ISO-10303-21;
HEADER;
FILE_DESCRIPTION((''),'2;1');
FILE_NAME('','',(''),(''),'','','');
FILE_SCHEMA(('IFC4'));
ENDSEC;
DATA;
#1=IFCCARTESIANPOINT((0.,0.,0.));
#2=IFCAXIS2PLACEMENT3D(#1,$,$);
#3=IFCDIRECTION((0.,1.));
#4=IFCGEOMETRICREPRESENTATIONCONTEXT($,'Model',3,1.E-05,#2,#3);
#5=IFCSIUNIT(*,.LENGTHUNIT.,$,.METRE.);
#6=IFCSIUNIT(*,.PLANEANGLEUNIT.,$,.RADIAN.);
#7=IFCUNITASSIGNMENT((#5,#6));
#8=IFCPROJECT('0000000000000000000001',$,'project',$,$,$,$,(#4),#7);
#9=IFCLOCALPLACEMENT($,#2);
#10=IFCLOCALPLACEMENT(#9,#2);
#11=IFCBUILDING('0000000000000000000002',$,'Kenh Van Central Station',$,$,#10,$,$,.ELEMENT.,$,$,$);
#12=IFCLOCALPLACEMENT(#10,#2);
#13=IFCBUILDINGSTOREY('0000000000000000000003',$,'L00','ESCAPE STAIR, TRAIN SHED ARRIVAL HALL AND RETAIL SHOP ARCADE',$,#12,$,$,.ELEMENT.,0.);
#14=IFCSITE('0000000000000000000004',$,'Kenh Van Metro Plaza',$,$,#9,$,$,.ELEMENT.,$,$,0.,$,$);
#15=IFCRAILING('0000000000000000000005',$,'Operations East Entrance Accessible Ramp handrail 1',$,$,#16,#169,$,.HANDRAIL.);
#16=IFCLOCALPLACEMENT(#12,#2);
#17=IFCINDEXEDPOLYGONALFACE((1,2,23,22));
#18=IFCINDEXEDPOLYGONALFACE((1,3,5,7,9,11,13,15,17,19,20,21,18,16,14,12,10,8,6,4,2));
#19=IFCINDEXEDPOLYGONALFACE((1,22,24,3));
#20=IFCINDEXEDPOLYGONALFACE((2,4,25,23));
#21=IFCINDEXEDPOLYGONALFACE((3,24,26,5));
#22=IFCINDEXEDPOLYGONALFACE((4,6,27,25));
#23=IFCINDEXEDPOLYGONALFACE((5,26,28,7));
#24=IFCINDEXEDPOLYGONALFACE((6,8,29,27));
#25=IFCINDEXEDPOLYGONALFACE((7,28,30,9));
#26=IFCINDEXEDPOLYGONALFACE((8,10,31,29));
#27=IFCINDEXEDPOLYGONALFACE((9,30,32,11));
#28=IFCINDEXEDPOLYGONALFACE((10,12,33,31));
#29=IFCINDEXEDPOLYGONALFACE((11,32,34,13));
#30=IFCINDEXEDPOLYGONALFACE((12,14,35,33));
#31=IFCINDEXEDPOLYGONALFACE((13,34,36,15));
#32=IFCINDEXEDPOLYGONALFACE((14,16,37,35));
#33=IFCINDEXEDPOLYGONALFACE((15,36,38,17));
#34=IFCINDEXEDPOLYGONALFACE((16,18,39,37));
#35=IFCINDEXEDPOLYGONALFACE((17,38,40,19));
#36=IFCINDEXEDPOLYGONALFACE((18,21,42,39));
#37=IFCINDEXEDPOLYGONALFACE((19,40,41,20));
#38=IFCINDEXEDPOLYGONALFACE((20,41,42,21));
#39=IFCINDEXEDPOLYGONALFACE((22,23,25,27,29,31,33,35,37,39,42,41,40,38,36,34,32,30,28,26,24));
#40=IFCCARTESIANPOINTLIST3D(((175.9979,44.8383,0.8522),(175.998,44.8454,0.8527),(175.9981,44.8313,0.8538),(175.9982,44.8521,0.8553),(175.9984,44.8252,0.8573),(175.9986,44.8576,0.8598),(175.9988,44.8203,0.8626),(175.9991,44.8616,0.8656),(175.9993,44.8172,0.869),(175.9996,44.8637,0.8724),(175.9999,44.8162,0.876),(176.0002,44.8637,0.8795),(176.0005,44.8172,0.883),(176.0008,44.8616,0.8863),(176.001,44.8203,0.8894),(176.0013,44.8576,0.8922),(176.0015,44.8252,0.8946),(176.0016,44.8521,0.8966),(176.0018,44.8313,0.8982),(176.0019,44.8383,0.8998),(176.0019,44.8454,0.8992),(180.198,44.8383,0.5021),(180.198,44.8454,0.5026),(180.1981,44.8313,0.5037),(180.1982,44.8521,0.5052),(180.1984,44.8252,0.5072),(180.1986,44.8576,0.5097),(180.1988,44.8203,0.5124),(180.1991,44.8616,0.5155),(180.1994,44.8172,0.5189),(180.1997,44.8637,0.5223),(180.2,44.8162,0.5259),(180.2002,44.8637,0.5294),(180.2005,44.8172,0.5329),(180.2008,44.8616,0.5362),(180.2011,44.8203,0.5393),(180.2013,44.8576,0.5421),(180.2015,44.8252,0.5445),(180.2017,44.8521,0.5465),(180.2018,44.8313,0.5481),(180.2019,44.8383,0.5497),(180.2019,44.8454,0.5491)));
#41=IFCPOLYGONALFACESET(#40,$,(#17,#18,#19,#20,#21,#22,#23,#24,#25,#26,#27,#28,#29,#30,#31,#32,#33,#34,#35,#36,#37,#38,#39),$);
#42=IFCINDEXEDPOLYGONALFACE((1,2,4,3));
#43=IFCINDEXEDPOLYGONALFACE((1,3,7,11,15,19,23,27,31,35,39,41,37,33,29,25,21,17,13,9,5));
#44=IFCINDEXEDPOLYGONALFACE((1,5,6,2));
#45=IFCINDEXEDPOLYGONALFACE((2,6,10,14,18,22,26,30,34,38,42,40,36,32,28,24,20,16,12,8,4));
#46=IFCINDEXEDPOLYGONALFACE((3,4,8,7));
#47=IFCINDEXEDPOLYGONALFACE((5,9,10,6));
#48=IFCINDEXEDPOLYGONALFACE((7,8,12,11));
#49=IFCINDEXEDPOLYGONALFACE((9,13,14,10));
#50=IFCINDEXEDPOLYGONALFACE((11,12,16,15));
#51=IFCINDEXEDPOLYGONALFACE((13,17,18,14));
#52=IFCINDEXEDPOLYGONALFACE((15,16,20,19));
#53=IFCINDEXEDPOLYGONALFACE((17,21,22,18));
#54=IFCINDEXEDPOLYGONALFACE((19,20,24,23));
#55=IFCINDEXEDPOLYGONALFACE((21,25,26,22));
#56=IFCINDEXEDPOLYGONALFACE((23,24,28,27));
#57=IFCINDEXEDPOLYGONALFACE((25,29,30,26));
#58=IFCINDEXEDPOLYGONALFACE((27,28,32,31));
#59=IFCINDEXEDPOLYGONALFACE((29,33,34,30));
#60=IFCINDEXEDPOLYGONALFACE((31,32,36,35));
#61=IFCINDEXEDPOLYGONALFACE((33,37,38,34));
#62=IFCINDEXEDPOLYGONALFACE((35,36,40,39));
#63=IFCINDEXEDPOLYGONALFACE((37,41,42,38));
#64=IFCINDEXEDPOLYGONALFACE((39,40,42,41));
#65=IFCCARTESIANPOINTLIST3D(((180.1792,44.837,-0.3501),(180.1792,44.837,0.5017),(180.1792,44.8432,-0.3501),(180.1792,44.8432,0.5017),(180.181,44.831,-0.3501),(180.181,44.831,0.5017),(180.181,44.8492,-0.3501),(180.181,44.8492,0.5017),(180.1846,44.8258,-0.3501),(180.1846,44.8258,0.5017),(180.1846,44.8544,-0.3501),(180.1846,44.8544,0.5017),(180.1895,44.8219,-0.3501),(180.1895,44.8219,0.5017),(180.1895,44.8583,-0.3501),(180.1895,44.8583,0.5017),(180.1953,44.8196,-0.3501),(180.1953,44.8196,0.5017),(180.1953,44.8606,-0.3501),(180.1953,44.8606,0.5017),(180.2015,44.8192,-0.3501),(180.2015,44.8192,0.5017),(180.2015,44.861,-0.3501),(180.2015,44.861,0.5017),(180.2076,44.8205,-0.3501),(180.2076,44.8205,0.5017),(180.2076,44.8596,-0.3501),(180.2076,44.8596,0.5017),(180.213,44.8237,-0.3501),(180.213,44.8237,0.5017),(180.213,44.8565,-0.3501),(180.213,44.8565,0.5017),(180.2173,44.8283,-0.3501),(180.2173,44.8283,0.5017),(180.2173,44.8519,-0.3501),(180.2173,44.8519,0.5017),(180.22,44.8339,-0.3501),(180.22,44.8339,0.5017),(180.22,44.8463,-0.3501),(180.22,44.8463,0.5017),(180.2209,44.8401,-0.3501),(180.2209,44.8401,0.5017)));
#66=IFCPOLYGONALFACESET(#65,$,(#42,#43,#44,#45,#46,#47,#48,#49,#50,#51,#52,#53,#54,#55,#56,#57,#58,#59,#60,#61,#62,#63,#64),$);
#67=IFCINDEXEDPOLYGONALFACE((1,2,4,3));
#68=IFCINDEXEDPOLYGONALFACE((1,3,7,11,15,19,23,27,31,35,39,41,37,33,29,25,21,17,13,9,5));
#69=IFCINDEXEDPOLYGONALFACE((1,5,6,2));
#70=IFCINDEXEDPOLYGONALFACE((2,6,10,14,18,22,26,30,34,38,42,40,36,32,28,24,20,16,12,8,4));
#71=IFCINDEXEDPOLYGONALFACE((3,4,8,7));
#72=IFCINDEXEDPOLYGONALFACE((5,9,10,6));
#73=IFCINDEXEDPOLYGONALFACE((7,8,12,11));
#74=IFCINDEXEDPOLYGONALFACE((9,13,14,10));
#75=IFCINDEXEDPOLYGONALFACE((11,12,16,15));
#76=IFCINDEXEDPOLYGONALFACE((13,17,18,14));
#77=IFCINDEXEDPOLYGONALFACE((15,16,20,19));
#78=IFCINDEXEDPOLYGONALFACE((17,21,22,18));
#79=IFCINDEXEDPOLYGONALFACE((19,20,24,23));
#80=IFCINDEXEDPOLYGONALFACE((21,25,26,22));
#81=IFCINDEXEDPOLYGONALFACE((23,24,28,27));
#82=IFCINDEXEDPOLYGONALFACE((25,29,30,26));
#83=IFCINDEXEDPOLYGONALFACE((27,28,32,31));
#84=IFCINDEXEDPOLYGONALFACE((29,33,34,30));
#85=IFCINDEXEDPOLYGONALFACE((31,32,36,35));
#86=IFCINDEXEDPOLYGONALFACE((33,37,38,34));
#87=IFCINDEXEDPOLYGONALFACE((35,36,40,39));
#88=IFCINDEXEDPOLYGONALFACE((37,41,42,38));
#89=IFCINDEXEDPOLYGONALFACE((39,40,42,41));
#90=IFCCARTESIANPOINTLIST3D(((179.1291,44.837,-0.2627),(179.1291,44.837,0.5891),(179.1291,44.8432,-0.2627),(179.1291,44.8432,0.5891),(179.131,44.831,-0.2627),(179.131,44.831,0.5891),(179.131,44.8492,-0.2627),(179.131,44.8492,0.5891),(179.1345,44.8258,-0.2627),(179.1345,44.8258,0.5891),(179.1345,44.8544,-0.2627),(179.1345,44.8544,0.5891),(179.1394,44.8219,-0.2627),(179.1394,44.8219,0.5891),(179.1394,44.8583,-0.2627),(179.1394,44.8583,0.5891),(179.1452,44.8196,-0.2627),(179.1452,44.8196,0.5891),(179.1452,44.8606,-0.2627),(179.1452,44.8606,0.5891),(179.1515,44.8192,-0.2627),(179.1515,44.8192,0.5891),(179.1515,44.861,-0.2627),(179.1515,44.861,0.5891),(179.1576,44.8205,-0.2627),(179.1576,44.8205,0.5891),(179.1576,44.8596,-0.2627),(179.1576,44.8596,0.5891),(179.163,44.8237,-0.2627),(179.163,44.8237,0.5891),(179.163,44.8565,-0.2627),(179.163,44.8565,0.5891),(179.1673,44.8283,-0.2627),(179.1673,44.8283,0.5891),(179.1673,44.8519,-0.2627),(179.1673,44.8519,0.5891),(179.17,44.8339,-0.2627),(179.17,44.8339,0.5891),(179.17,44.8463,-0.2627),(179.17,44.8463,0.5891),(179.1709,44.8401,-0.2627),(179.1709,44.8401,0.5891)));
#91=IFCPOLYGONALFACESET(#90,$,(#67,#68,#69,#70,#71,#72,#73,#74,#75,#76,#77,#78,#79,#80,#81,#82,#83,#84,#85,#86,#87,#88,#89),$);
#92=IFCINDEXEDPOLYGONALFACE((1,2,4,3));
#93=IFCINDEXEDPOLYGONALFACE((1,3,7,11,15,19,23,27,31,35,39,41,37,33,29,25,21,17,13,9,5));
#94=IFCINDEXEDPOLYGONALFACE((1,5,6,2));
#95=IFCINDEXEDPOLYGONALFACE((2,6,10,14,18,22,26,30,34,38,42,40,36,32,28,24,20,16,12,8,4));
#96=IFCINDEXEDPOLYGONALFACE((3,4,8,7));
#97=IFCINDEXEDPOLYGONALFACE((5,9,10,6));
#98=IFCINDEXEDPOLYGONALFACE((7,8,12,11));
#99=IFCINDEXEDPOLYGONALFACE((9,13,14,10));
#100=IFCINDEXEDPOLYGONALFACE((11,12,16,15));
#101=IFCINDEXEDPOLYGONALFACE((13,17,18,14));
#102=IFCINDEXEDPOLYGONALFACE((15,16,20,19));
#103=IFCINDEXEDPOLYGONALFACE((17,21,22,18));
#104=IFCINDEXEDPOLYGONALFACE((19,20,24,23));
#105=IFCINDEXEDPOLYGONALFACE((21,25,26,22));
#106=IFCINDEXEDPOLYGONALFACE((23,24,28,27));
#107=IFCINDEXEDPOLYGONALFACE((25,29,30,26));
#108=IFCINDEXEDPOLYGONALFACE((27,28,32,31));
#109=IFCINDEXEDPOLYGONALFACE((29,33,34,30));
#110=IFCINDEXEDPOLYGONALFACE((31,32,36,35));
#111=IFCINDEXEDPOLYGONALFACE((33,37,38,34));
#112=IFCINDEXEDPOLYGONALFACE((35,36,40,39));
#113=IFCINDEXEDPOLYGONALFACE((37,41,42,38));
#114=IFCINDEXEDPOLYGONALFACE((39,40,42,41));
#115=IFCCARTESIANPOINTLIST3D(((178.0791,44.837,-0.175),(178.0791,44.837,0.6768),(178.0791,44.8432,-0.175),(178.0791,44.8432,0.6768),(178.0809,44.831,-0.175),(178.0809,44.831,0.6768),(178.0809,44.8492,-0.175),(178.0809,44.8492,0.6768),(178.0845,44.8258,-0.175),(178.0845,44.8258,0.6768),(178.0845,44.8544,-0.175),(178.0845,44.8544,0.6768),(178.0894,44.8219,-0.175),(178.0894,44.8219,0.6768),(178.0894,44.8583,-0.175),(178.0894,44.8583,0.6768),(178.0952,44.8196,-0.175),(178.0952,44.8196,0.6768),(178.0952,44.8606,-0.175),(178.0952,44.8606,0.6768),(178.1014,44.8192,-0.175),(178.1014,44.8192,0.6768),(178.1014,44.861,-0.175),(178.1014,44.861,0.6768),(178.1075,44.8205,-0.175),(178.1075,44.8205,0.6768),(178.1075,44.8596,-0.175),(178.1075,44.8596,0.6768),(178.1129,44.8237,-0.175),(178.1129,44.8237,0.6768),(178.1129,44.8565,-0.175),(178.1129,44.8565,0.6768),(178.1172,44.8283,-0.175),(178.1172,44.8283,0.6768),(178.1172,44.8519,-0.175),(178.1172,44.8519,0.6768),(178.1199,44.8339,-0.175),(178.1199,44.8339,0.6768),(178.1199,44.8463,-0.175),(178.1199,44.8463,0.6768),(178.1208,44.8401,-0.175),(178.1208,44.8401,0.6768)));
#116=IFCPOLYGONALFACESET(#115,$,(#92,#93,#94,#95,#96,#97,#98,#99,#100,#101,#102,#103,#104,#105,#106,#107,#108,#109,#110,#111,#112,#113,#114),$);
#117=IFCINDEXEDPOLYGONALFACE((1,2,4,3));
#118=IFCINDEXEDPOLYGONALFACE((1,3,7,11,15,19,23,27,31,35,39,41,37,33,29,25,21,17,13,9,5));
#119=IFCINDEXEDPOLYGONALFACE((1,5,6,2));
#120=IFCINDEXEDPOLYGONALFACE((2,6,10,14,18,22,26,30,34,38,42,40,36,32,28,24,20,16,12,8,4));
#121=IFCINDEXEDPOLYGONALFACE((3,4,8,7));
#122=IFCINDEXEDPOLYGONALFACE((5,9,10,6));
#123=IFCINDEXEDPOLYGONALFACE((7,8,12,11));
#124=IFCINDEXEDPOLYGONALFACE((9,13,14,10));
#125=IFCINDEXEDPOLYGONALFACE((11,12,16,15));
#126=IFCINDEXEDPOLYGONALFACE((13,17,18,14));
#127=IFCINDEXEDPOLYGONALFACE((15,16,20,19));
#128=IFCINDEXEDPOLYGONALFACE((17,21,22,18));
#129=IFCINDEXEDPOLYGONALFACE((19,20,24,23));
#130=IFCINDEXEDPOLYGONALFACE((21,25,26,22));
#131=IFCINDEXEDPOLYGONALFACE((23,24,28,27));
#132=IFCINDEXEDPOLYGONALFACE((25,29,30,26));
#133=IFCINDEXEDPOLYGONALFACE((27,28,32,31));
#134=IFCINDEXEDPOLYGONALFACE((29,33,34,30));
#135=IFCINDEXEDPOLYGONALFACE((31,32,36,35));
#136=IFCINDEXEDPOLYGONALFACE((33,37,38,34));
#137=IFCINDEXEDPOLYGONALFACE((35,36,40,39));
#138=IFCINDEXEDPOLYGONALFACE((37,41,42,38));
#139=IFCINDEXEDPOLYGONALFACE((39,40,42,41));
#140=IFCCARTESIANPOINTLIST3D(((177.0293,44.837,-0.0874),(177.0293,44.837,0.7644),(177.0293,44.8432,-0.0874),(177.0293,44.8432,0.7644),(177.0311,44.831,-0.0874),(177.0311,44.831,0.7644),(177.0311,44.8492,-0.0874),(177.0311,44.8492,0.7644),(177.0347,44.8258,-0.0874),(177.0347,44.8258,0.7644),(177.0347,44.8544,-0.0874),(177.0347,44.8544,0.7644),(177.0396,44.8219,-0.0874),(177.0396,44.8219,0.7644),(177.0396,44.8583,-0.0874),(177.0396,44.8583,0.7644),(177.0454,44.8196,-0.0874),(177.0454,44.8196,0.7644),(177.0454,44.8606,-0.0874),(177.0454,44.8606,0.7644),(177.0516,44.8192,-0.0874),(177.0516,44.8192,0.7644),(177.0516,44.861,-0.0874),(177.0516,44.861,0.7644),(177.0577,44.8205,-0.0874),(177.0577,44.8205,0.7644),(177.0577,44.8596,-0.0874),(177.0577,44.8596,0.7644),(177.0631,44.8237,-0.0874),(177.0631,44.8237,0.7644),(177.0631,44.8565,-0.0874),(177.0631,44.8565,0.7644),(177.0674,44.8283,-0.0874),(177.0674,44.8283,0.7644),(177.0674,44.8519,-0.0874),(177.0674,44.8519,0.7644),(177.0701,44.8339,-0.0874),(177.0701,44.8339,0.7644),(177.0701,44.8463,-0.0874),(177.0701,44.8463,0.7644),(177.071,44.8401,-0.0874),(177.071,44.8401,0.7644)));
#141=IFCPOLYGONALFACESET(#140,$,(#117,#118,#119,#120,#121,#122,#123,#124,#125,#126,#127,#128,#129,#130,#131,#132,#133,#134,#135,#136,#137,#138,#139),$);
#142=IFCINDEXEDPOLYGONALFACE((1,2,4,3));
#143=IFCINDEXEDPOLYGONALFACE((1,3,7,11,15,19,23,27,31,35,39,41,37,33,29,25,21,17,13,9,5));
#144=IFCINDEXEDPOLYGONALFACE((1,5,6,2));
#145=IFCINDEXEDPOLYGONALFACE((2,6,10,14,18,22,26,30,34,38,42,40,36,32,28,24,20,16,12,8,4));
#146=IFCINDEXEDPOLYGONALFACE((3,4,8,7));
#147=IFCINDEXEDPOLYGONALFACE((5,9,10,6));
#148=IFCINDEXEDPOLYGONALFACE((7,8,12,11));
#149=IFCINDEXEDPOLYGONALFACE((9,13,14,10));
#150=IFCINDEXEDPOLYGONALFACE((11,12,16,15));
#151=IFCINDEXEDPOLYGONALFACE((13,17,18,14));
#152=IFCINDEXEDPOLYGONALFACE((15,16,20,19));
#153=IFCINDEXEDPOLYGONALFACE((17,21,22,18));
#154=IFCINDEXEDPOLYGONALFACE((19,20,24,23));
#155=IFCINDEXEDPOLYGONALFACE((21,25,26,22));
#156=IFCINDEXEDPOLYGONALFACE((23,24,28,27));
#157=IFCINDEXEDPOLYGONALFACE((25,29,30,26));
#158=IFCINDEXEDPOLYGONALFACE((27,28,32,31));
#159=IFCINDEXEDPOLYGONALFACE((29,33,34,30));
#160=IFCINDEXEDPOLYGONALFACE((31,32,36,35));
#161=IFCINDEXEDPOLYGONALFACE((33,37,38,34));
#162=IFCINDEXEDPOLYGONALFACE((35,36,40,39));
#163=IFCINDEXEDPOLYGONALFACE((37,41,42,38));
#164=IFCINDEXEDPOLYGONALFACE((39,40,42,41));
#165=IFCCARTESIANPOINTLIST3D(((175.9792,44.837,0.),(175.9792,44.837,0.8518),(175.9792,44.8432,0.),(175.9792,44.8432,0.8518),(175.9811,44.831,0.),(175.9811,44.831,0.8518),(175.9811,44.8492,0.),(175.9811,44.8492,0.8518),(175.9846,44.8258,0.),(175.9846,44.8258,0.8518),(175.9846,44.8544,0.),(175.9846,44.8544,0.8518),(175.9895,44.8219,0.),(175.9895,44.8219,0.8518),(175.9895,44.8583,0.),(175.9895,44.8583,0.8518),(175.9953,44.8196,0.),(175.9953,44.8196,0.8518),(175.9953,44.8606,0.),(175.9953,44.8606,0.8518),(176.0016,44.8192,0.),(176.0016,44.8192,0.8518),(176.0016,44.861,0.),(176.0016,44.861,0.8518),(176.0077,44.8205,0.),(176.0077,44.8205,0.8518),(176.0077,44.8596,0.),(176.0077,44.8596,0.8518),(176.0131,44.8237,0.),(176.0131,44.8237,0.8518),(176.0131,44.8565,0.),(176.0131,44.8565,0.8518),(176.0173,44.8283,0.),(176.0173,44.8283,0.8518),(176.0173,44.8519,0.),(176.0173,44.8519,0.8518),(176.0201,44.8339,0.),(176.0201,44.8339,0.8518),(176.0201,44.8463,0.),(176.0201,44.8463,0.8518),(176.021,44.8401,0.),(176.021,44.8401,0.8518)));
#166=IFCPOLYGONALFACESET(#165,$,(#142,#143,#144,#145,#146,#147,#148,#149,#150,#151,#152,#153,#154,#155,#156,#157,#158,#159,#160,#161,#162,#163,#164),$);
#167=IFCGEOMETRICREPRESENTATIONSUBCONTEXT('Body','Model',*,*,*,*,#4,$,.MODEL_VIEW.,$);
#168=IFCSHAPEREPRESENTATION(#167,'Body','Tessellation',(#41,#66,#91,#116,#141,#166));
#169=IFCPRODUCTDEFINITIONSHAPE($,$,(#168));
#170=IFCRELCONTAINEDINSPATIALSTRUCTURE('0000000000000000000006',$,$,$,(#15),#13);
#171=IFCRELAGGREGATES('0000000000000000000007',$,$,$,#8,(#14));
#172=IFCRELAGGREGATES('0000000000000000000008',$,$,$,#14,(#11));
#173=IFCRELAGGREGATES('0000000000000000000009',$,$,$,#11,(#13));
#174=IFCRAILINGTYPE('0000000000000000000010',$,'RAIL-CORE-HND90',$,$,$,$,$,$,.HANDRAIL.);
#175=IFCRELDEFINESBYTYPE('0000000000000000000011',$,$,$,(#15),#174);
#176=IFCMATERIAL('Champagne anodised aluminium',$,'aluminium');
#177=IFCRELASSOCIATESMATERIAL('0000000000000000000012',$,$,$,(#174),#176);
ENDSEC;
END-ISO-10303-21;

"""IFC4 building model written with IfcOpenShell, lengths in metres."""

from ifc_helpers import new_model, si_unit, direction, frame, origin, origin_2d, place, context, subcontext, project, spatial, circle, extrude, material, type_object, element, save


model = new_model("IFC4")

# Units and contexts
model_context = context("Model", 3, precision=1e-05, world=origin(), true_north=direction((0.0, 1.0)))
body_context = subcontext(model_context, "Body", "Model", "MODEL_VIEW")
ifc_project = project(units=[si_unit("LENGTHUNIT", "METRE"), si_unit("PLANEANGLEUNIT", "RADIAN")], contexts=[model_context])

# Site, building, storey
site_placement = place(None, origin())
site = spatial("IfcSite", under=ifc_project, at=site_placement, Name="Kenh Van Metro Plaza", CompositionType="ELEMENT", RefElevation=0.0)
building_placement = place(site_placement, origin())
building = spatial("IfcBuilding", under=site, at=building_placement, Name="Kenh Van Central Station", CompositionType="ELEMENT")
storey_placement = place(building_placement, origin())
storey = spatial("IfcBuildingStorey", under=building, at=storey_placement, Name="L00", Description="ESCAPE STAIR, TRAIN SHED ARRIVAL HALL AND RETAIL SHOP ARCADE", CompositionType="ELEMENT", Elevation=0.0)

# Shared definitions
ifc_material_1 = material(Name="Champagne anodised aluminium", Category="aluminium")

# Railing
railing_type = type_object("IfcRailingType", Name="RAIL-CORE-HND90", PredefinedType="HANDRAIL", material=ifc_material_1)
for number, where, name in (
    (1, (180.2, 44.8401, -0.3501), "Operations East Entrance Accessible Ramp handrail 1"),
):
    element("IfcRailing", number, at=place(storey_placement, frame(where)), inside=storey, type_object=railing_type, Name=name, PredefinedType="HANDRAIL", context=body_context, shape_type="SweptSolid", body=[
        extrude(circle(Radius=0.0239, at=origin_2d()), frame((0.0, 0.0, 0.876), z_axis=(-0.996544, 0.0, 0.083069), x_axis=(0.0, -1.0, 0.0)), (0.0, 0.0, 1.0), 4.2146),
        extrude(circle(Radius=0.021, at=origin_2d()), origin(), (0.0, 0.0, 1.0), 0.8518),
        extrude(circle(Radius=0.021, at=origin_2d()), frame((-1.05, 0.0, 0.0874)), (0.0, 0.0, 1.0), 0.8518),
        extrude(circle(Radius=0.021, at=origin_2d()), frame((-2.1001, 0.0, 0.175)), (0.0, 0.0, 1.0), 0.8518),
        extrude(circle(Radius=0.021, at=origin_2d()), frame((-3.1499, 0.0, 0.2627)), (0.0, 0.0, 1.0), 0.8518),
        extrude(circle(Radius=0.021, at=origin_2d()), frame((-4.2, 0.0, 0.3501)), (0.0, 0.0, 1.0), 0.8518),
    ])

save(model, "model.ifc")
